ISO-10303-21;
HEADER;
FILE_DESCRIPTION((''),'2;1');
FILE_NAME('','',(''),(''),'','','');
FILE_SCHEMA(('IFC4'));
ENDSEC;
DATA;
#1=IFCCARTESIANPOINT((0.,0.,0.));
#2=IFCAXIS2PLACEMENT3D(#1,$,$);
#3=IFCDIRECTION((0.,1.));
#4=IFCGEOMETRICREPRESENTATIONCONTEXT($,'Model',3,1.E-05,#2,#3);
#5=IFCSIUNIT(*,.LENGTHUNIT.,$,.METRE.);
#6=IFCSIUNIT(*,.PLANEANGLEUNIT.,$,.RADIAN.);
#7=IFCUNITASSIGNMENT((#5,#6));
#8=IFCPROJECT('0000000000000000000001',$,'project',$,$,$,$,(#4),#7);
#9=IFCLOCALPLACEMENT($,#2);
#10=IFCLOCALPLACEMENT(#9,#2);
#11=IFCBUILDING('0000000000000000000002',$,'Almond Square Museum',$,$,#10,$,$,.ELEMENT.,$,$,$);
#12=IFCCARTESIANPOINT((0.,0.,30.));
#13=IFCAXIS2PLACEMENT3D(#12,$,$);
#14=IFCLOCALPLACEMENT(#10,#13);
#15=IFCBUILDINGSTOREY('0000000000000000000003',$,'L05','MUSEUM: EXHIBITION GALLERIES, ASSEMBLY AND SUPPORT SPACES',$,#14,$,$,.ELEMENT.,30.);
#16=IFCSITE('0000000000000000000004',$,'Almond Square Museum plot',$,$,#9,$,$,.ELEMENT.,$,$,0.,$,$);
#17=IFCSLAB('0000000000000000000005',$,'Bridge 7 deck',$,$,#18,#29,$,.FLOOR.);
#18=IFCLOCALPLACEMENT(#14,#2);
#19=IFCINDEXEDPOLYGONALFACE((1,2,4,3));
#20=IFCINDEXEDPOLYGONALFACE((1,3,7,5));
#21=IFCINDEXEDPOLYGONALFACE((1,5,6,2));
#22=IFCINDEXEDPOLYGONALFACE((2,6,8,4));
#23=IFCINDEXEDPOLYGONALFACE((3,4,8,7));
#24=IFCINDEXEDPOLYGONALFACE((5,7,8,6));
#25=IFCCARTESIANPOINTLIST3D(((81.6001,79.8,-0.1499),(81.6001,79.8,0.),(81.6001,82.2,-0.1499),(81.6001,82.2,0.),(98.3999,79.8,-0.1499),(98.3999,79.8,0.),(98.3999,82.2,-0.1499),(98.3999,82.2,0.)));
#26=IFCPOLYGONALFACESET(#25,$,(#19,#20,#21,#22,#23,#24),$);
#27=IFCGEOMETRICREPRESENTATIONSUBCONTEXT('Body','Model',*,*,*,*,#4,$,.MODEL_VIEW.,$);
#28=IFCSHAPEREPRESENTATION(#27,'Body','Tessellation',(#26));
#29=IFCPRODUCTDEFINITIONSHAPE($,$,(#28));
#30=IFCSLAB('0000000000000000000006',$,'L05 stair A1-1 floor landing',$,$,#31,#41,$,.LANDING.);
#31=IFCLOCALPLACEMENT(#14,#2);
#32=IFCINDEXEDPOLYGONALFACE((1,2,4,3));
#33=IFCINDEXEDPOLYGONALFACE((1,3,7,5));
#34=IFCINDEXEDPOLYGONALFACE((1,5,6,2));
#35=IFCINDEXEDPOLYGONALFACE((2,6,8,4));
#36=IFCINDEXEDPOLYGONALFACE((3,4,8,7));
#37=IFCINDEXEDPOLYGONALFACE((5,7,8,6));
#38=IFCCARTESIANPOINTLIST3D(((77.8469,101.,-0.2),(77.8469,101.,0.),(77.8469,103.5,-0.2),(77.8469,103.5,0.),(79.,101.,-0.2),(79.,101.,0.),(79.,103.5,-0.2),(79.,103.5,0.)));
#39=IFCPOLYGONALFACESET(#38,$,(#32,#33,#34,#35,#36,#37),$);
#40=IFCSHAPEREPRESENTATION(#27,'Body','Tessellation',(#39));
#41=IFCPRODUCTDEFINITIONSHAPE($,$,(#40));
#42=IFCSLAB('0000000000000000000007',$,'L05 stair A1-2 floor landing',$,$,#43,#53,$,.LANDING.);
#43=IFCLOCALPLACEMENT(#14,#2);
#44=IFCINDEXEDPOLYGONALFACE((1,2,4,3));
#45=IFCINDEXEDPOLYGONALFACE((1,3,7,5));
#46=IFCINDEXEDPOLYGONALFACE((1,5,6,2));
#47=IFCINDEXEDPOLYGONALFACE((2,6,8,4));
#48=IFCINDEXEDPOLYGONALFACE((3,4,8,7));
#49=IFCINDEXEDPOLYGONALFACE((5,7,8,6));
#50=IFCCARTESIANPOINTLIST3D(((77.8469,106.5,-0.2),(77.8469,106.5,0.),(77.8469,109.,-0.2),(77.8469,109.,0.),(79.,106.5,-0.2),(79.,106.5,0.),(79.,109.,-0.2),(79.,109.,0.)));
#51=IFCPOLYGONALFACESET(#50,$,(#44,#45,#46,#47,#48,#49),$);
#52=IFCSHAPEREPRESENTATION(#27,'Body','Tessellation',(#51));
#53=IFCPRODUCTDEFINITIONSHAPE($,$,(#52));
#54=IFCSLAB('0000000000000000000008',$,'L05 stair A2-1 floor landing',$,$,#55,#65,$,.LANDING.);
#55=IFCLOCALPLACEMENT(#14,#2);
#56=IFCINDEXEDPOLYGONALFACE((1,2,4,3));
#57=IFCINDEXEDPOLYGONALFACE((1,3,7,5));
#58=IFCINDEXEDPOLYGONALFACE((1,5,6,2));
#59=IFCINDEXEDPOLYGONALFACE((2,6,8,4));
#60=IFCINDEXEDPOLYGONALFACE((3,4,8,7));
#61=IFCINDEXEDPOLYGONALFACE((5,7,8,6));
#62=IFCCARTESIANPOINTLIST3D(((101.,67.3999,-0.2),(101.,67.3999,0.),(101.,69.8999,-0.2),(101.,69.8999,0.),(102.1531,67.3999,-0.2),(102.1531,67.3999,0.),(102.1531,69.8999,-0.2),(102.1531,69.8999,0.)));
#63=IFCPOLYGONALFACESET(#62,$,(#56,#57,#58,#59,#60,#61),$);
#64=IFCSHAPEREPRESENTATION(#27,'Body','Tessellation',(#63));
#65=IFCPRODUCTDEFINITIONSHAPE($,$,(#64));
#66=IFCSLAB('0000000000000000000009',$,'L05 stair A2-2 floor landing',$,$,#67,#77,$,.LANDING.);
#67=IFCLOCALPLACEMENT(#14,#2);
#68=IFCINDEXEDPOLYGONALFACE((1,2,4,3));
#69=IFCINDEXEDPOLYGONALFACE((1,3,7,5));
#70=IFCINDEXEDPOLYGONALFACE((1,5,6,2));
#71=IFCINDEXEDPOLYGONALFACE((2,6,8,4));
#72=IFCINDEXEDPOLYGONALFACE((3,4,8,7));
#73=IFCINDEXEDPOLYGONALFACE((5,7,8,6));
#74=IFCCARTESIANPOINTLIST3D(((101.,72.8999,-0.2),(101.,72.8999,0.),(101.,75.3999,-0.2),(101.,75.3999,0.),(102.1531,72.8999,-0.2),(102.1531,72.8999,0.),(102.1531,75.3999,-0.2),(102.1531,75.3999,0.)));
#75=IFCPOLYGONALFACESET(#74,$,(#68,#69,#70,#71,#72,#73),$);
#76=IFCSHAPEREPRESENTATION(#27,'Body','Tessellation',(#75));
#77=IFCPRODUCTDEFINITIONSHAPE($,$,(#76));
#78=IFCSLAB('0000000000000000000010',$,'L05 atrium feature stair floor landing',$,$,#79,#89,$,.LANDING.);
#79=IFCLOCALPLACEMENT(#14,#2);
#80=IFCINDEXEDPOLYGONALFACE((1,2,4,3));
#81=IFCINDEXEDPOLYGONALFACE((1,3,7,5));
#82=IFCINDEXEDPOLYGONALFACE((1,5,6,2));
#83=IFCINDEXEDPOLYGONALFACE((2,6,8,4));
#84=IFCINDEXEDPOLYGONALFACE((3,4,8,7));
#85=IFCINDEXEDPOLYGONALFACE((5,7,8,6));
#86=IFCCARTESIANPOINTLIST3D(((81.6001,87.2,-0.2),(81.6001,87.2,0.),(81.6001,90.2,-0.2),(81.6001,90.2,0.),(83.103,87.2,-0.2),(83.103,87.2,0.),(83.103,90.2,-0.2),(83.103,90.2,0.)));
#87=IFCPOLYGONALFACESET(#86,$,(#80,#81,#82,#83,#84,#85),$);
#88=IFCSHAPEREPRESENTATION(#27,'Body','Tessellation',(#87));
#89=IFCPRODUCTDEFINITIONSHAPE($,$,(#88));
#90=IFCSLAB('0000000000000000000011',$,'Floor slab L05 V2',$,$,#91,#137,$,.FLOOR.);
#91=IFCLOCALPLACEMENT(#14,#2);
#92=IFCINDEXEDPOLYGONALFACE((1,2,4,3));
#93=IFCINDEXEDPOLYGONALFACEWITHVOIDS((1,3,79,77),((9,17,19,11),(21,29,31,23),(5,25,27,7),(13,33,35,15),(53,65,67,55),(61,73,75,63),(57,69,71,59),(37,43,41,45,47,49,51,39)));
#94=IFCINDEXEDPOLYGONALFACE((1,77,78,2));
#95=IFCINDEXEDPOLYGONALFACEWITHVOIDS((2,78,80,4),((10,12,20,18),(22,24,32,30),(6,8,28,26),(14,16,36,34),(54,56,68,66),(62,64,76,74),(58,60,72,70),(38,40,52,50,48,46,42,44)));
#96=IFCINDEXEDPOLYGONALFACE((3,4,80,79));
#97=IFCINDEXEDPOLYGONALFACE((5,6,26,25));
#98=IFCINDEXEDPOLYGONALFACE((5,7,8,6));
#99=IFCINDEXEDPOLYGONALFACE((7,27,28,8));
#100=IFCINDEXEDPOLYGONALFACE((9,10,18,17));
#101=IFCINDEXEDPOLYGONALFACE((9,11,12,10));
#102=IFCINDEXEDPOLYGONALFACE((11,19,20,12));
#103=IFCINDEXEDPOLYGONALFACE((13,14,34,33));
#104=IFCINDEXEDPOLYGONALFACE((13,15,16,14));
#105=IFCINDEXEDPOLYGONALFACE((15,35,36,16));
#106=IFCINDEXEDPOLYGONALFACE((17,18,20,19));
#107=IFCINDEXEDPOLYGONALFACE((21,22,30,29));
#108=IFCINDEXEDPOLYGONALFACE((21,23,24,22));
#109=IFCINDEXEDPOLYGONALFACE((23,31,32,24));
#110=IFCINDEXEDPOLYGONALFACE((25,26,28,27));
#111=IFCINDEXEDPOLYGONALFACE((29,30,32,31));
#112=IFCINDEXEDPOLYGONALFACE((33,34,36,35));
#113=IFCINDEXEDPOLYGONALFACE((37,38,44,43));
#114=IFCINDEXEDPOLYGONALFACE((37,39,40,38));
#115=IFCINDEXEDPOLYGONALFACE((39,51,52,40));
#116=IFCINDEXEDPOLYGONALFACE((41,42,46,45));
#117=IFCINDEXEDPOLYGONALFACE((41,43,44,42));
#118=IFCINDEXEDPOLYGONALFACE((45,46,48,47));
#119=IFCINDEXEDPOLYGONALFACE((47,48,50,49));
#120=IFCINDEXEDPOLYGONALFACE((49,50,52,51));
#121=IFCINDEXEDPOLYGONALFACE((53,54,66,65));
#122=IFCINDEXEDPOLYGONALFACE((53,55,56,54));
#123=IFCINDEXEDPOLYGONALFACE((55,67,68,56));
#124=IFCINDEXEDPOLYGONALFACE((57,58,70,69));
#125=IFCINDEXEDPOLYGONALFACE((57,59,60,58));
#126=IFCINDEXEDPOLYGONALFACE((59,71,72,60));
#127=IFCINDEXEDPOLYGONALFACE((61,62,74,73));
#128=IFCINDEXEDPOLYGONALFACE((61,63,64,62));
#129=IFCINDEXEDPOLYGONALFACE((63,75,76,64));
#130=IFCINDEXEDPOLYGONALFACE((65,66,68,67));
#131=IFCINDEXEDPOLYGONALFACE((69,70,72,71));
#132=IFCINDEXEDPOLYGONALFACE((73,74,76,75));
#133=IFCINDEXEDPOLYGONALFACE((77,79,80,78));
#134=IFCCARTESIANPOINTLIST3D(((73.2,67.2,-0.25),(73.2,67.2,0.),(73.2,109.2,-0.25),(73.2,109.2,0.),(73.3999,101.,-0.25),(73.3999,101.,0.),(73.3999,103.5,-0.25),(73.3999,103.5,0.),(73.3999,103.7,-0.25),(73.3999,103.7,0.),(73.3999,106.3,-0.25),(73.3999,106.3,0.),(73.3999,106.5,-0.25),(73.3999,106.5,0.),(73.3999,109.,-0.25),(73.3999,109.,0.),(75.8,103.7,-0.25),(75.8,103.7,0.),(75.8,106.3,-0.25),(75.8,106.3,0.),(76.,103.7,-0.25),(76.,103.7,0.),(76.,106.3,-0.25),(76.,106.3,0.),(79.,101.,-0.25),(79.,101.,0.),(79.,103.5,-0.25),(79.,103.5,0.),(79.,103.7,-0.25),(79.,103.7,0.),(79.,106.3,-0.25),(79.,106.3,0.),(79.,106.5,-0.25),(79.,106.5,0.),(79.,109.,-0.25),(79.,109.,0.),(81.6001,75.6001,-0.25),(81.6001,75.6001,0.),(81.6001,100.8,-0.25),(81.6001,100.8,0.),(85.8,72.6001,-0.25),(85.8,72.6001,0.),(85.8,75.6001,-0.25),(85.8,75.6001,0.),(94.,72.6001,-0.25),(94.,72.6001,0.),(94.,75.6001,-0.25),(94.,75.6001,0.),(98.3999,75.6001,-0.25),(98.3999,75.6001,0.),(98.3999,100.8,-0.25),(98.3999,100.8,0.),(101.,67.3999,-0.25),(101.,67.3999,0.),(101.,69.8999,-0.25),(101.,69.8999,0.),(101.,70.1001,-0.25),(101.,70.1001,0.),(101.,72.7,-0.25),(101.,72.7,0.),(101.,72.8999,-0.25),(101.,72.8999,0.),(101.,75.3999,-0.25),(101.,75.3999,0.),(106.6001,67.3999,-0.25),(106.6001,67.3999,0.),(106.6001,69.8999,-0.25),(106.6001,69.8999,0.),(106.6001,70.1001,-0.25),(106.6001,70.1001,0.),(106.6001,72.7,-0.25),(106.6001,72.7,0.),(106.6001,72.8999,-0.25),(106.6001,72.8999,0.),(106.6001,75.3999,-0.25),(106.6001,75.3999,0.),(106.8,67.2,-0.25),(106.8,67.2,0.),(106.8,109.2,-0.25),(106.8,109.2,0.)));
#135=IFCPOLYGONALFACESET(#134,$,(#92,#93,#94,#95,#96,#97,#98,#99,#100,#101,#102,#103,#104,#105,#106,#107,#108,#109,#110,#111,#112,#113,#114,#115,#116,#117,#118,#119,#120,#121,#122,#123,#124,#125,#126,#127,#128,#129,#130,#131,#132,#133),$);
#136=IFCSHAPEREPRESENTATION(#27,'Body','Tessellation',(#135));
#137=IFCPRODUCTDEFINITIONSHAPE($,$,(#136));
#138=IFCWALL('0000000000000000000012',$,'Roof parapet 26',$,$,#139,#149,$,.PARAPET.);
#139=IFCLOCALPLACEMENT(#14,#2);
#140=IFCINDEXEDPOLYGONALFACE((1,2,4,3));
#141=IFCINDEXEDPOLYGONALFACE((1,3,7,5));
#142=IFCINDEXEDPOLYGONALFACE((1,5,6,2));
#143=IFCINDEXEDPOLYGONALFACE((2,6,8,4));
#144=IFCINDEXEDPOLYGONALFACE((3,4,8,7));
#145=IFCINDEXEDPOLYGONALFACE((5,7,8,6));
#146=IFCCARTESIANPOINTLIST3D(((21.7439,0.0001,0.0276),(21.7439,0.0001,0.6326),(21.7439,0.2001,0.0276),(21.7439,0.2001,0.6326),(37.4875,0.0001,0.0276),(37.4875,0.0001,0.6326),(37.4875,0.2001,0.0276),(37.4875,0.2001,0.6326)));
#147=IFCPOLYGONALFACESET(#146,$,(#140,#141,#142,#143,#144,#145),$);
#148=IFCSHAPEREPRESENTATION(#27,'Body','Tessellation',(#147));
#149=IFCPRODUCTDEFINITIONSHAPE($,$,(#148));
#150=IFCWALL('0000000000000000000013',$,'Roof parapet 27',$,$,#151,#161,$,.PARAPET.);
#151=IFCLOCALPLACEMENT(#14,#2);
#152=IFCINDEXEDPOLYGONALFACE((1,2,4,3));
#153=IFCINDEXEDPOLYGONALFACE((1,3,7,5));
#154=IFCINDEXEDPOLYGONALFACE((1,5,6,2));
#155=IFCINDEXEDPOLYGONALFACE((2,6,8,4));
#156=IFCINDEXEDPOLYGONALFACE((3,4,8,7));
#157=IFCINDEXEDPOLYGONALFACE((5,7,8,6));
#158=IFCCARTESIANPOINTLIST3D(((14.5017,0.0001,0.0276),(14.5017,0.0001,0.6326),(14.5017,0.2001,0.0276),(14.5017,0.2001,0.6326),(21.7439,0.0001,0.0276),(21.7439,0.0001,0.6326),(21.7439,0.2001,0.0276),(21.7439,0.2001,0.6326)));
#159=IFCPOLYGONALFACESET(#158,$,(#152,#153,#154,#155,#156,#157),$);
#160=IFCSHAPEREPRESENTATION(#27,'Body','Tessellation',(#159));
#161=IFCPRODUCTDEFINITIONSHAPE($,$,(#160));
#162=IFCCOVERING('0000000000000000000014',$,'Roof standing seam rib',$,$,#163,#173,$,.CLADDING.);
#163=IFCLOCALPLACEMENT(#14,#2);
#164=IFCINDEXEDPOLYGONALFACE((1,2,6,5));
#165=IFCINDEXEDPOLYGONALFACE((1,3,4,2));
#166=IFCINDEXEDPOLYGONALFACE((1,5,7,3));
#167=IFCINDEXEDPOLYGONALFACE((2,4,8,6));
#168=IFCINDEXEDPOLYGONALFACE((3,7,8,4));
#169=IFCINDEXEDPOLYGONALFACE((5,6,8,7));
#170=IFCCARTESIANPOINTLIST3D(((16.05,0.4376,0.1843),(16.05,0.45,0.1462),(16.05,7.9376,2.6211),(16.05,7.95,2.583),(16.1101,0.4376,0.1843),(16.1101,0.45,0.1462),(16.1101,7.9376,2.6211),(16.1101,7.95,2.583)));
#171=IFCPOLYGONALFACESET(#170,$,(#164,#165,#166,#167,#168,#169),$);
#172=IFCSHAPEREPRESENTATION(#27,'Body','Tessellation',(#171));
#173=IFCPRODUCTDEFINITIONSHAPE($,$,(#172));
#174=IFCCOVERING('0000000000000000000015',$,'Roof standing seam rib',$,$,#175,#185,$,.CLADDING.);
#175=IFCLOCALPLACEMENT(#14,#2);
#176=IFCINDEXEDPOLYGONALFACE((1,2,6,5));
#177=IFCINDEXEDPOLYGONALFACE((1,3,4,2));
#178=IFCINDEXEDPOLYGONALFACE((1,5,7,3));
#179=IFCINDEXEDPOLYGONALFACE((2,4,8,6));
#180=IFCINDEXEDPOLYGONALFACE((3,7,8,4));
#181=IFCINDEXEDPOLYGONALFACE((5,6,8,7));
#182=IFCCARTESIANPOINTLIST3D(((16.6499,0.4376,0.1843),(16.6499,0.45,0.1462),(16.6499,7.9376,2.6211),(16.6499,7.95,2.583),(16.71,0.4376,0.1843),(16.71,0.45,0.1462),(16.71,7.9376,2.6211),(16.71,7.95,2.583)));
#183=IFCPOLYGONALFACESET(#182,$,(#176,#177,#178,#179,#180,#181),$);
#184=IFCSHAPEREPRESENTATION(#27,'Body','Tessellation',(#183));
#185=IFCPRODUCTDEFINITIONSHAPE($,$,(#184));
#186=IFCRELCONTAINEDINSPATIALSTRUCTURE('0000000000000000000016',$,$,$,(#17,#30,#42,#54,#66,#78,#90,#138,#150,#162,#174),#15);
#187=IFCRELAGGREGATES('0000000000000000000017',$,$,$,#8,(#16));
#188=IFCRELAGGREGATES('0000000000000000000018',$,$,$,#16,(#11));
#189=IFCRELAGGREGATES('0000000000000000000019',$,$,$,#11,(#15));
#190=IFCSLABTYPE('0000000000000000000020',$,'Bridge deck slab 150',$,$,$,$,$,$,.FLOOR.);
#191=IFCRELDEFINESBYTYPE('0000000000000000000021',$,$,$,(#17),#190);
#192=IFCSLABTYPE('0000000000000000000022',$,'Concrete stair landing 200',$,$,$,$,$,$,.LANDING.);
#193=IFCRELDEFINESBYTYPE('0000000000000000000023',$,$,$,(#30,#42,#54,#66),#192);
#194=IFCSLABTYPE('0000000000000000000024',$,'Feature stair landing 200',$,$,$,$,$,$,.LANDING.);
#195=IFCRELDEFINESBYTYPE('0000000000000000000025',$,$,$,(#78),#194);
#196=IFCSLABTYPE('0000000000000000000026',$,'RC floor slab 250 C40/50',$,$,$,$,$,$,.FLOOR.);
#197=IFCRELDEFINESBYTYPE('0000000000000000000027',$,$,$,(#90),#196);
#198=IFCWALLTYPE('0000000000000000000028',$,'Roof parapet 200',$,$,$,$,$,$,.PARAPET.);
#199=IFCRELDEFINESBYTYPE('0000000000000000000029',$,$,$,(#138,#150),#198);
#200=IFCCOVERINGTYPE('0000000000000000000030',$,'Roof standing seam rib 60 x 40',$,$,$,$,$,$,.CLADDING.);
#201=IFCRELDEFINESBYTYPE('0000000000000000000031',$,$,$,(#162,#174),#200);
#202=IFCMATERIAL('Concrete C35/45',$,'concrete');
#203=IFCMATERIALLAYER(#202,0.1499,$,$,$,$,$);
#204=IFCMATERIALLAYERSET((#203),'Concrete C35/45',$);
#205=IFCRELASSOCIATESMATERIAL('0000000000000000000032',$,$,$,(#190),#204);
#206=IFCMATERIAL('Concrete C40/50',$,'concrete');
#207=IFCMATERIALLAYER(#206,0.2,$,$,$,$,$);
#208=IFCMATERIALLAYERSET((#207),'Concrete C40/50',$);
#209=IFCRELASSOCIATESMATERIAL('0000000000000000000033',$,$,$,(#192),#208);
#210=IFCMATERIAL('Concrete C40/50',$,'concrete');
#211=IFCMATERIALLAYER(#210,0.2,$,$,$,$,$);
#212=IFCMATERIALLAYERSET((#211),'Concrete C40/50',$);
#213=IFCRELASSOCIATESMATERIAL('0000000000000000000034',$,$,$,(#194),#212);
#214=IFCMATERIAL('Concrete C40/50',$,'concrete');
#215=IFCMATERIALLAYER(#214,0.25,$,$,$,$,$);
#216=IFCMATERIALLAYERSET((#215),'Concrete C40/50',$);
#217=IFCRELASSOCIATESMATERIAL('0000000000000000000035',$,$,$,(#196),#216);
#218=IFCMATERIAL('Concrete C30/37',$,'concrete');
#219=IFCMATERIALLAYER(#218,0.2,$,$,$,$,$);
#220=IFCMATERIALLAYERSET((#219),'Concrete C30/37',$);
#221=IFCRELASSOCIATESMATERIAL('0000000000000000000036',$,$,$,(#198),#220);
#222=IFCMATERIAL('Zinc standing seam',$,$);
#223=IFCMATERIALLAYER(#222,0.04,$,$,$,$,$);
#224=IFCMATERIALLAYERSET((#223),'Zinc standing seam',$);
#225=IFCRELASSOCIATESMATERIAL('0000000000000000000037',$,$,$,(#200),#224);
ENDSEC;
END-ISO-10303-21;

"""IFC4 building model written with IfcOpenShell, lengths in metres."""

from ifc_helpers import new_model, si_unit, direction, frame, frame_2d, origin, place, context, subcontext, project, spatial, polyline, rectangle, outline, extrude, material, layer, layer_set, type_object, element, save


model = new_model("IFC4")

# Units and contexts
model_context = context("Model", 3, precision=1e-05, world=origin(), true_north=direction((0.0, 1.0)))
body_context = subcontext(model_context, "Body", "Model", "MODEL_VIEW")
ifc_project = project(units=[si_unit("LENGTHUNIT", "METRE"), si_unit("PLANEANGLEUNIT", "RADIAN")], contexts=[model_context])

# Site, building, storey
site_placement = place(None, origin())
site = spatial("IfcSite", under=ifc_project, at=site_placement, Name="Almond Square Museum plot", CompositionType="ELEMENT", RefElevation=0.0)
building_placement = place(site_placement, origin())
building = spatial("IfcBuilding", under=site, at=building_placement, Name="Almond Square Museum", CompositionType="ELEMENT")
storey_placement = place(building_placement, frame((0.0, 0.0, 30.0)))
storey = spatial("IfcBuildingStorey", under=building, at=storey_placement, Name="L05", Description="MUSEUM: EXHIBITION GALLERIES, ASSEMBLY AND SUPPORT SPACES", CompositionType="ELEMENT", Elevation=30.0)

# Slabs
ifc_material_1 = material(Name="Concrete C35/45", Category="concrete")
ifc_layer_1 = layer(ifc_material_1, 0.1499)
ifc_layer_set_1 = layer_set([ifc_layer_1], Name="Concrete C35/45")
slab_type_1 = type_object("IfcSlabType", Name="Bridge deck slab 150", PredefinedType="FLOOR", material=ifc_layer_set_1)
slab_1_placement = place(storey_placement, frame((0.0, 0.0, -0.1499)))
element("IfcSlab", 1, at=slab_1_placement, inside=storey, type_object=slab_type_1, Name="Bridge 7 deck", PredefinedType="FLOOR", context=body_context, shape_type="SweptSolid", body=[
    extrude(outline(polyline([(81.6001, 79.8), (98.3999, 79.8), (98.3999, 82.2), (81.6001, 82.2), (81.6001, 79.8)])), origin(), (0.0, 0.0, 1.0), 0.1499),
])
ifc_material_2 = material(Name="Concrete C40/50", Category="concrete")
ifc_layer_2 = layer(ifc_material_2, 0.2)
ifc_layer_set_2 = layer_set([ifc_layer_2], Name="Concrete C40/50")
slab_type_2 = type_object("IfcSlabType", Name="Concrete stair landing 200", PredefinedType="LANDING", material=ifc_layer_set_2)
slab_2_placement = place(storey_placement, frame((0.0, 0.0, -0.2)))
element("IfcSlab", 2, at=slab_2_placement, inside=storey, type_object=slab_type_2, Name="L05 stair A1-1 floor landing", PredefinedType="LANDING", context=body_context, shape_type="SweptSolid", body=[
    extrude(outline(polyline([(77.8469, 101.0), (79.0, 101.0), (79.0, 103.5), (77.8469, 103.5), (77.8469, 101.0)])), origin(), (0.0, 0.0, 1.0), 0.2),
])
slab_3_placement = place(storey_placement, frame((0.0, 0.0, -0.2)))
element("IfcSlab", 3, at=slab_3_placement, inside=storey, type_object=slab_type_2, Name="L05 stair A1-2 floor landing", PredefinedType="LANDING", context=body_context, shape_type="SweptSolid", body=[
    extrude(outline(polyline([(77.8469, 106.5), (79.0, 106.5), (79.0, 109.0), (77.8469, 109.0), (77.8469, 106.5)])), origin(), (0.0, 0.0, 1.0), 0.2),
])
slab_4_placement = place(storey_placement, frame((0.0, 0.0, -0.2)))
element("IfcSlab", 4, at=slab_4_placement, inside=storey, type_object=slab_type_2, Name="L05 stair A2-1 floor landing", PredefinedType="LANDING", context=body_context, shape_type="SweptSolid", body=[
    extrude(outline(polyline([(101.0, 67.3999), (102.1531, 67.3999), (102.1531, 69.8999), (101.0, 69.8999), (101.0, 67.3999)])), origin(), (0.0, 0.0, 1.0), 0.2),
])
slab_5_placement = place(storey_placement, frame((0.0, 0.0, -0.2)))
element("IfcSlab", 5, at=slab_5_placement, inside=storey, type_object=slab_type_2, Name="L05 stair A2-2 floor landing", PredefinedType="LANDING", context=body_context, shape_type="SweptSolid", body=[
    extrude(outline(polyline([(101.0, 72.8999), (102.1531, 72.8999), (102.1531, 75.3999), (101.0, 75.3999), (101.0, 72.8999)])), origin(), (0.0, 0.0, 1.0), 0.2),
])
ifc_material_3 = material(Name="Concrete C40/50", Category="concrete")
ifc_layer_3 = layer(ifc_material_3, 0.2)
ifc_layer_set_3 = layer_set([ifc_layer_3], Name="Concrete C40/50")
slab_type_3 = type_object("IfcSlabType", Name="Feature stair landing 200", PredefinedType="LANDING", material=ifc_layer_set_3)
slab_6_placement = place(storey_placement, frame((0.0, 0.0, -0.2)))
element("IfcSlab", 6, at=slab_6_placement, inside=storey, type_object=slab_type_3, Name="L05 atrium feature stair floor landing", PredefinedType="LANDING", context=body_context, shape_type="SweptSolid", body=[
    extrude(outline(polyline([(81.6001, 87.2), (83.103, 87.2), (83.103, 90.2), (81.6001, 90.2), (81.6001, 87.2)])), origin(), (0.0, 0.0, 1.0), 0.2),
])
ifc_material_4 = material(Name="Concrete C40/50", Category="concrete")
ifc_layer_4 = layer(ifc_material_4, 0.25)
ifc_layer_set_4 = layer_set([ifc_layer_4], Name="Concrete C40/50")
slab_type_4 = type_object("IfcSlabType", Name="RC floor slab 250 C40/50", PredefinedType="FLOOR", material=ifc_layer_set_4)
slab_7_placement = place(storey_placement, frame((0.0, 0.0, -0.25)))
element("IfcSlab", 7, at=slab_7_placement, inside=storey, type_object=slab_type_4, Name="Floor slab L05 V2", PredefinedType="FLOOR", context=body_context, shape_type="SweptSolid", body=[
    extrude(outline(polyline([(73.2, 109.2), (106.8, 109.2), (106.8, 67.2), (73.2, 67.2), (73.2, 109.2)]), holes=[polyline([(98.3999, 100.8), (81.6001, 100.8), (81.6001, 75.6001), (85.8, 75.6001), (85.8, 72.6001), (94.0, 72.6001), (94.0, 75.6001), (98.3999, 75.6001), (98.3999, 100.8)]), polyline([(101.0, 69.8999), (101.0, 67.3999), (106.6001, 67.3999), (106.6001, 69.8999), (101.0, 69.8999)]), polyline([(101.0, 72.7), (101.0, 70.1001), (106.6001, 70.1001), (106.6001, 72.7), (101.0, 72.7)]), polyline([(101.0, 75.3999), (101.0, 72.8999), (106.6001, 72.8999), (106.6001, 75.3999), (101.0, 75.3999)]), polyline([(73.3999, 103.5), (73.3999, 101.0), (79.0, 101.0), (79.0, 103.5), (73.3999, 103.5)]), polyline([(73.3999, 106.3), (73.3999, 103.7), (75.8, 103.7), (75.8, 106.3), (73.3999, 106.3)]), polyline([(76.0, 106.3), (76.0, 103.7), (79.0, 103.7), (79.0, 106.3), (76.0, 106.3)]), polyline([(73.3999, 109.0), (73.3999, 106.5), (79.0, 106.5), (79.0, 109.0), (73.3999, 109.0)])]), origin(), (0.0, 0.0, 1.0), 0.25),
])

# Walls
ifc_material_5 = material(Name="Concrete C30/37", Category="concrete")
ifc_layer_5 = layer(ifc_material_5, 0.2)
ifc_layer_set_5 = layer_set([ifc_layer_5], Name="Concrete C30/37")
wall_type = type_object("IfcWallType", Name="Roof parapet 200", PredefinedType="PARAPET", material=ifc_layer_set_5)
wall_1_placement = place(storey_placement, frame((21.7439, 0.1001, 0.0276), z_axis=(0.0, 0.0, 1.0), x_axis=(1.0, 0.0, 0.0)))
element("IfcWall", 8, at=wall_1_placement, inside=storey, type_object=wall_type, Name="Roof parapet 26", PredefinedType="PARAPET", context=body_context, shape_type="SweptSolid", body=[
    extrude(rectangle(XDim=15.7437, YDim=0.2, at=frame_2d((7.8718, 0.0))), origin(), (0.0, 0.0, 1.0), 0.605),
])
wall_2_placement = place(storey_placement, frame((14.5017, 0.1001, 0.0276), z_axis=(0.0, 0.0, 1.0), x_axis=(1.0, 0.0, 0.0)))
element("IfcWall", 9, at=wall_2_placement, inside=storey, type_object=wall_type, Name="Roof parapet 27", PredefinedType="PARAPET", context=body_context, shape_type="SweptSolid", body=[
    extrude(rectangle(XDim=7.2422, YDim=0.2, at=frame_2d((3.6211, 0.0))), origin(), (0.0, 0.0, 1.0), 0.605),
])

# Coverings
ifc_material_6 = material(Name="Zinc standing seam")
ifc_layer_6 = layer(ifc_material_6, 0.04)
ifc_layer_set_6 = layer_set([ifc_layer_6], Name="Zinc standing seam")
covering_type = type_object("IfcCoveringType", Name="Roof standing seam rib 60 x 40", PredefinedType="CLADDING", material=ifc_layer_set_6)
for number, where, z_axis, x_axis, name in (
    (10, (16.05, 0.45, 0.1462), (0.0, -0.309002, 0.951061), (1.0, 0.0, 0.0), "Roof standing seam rib"),
    (11, (16.6499, 0.45, 0.1462), (0.0, -0.309002, 0.951061), (1.0, 0.0, 0.0), "Roof standing seam rib"),
):
    element("IfcCovering", number, at=place(storey_placement, frame(where, z_axis=z_axis, x_axis=x_axis)), inside=storey, type_object=covering_type, Name=name, PredefinedType="CLADDING", context=body_context, shape_type="SweptSolid", body=[
        extrude(outline(polyline([(0.0, 0.0), (0.0601, 0.0), (0.0601, 7.8859), (0.0, 7.8859), (0.0, 0.0)])), origin(), (0.0, 0.0, 1.0), 0.04),
    ])

save(model, "model.ifc")
